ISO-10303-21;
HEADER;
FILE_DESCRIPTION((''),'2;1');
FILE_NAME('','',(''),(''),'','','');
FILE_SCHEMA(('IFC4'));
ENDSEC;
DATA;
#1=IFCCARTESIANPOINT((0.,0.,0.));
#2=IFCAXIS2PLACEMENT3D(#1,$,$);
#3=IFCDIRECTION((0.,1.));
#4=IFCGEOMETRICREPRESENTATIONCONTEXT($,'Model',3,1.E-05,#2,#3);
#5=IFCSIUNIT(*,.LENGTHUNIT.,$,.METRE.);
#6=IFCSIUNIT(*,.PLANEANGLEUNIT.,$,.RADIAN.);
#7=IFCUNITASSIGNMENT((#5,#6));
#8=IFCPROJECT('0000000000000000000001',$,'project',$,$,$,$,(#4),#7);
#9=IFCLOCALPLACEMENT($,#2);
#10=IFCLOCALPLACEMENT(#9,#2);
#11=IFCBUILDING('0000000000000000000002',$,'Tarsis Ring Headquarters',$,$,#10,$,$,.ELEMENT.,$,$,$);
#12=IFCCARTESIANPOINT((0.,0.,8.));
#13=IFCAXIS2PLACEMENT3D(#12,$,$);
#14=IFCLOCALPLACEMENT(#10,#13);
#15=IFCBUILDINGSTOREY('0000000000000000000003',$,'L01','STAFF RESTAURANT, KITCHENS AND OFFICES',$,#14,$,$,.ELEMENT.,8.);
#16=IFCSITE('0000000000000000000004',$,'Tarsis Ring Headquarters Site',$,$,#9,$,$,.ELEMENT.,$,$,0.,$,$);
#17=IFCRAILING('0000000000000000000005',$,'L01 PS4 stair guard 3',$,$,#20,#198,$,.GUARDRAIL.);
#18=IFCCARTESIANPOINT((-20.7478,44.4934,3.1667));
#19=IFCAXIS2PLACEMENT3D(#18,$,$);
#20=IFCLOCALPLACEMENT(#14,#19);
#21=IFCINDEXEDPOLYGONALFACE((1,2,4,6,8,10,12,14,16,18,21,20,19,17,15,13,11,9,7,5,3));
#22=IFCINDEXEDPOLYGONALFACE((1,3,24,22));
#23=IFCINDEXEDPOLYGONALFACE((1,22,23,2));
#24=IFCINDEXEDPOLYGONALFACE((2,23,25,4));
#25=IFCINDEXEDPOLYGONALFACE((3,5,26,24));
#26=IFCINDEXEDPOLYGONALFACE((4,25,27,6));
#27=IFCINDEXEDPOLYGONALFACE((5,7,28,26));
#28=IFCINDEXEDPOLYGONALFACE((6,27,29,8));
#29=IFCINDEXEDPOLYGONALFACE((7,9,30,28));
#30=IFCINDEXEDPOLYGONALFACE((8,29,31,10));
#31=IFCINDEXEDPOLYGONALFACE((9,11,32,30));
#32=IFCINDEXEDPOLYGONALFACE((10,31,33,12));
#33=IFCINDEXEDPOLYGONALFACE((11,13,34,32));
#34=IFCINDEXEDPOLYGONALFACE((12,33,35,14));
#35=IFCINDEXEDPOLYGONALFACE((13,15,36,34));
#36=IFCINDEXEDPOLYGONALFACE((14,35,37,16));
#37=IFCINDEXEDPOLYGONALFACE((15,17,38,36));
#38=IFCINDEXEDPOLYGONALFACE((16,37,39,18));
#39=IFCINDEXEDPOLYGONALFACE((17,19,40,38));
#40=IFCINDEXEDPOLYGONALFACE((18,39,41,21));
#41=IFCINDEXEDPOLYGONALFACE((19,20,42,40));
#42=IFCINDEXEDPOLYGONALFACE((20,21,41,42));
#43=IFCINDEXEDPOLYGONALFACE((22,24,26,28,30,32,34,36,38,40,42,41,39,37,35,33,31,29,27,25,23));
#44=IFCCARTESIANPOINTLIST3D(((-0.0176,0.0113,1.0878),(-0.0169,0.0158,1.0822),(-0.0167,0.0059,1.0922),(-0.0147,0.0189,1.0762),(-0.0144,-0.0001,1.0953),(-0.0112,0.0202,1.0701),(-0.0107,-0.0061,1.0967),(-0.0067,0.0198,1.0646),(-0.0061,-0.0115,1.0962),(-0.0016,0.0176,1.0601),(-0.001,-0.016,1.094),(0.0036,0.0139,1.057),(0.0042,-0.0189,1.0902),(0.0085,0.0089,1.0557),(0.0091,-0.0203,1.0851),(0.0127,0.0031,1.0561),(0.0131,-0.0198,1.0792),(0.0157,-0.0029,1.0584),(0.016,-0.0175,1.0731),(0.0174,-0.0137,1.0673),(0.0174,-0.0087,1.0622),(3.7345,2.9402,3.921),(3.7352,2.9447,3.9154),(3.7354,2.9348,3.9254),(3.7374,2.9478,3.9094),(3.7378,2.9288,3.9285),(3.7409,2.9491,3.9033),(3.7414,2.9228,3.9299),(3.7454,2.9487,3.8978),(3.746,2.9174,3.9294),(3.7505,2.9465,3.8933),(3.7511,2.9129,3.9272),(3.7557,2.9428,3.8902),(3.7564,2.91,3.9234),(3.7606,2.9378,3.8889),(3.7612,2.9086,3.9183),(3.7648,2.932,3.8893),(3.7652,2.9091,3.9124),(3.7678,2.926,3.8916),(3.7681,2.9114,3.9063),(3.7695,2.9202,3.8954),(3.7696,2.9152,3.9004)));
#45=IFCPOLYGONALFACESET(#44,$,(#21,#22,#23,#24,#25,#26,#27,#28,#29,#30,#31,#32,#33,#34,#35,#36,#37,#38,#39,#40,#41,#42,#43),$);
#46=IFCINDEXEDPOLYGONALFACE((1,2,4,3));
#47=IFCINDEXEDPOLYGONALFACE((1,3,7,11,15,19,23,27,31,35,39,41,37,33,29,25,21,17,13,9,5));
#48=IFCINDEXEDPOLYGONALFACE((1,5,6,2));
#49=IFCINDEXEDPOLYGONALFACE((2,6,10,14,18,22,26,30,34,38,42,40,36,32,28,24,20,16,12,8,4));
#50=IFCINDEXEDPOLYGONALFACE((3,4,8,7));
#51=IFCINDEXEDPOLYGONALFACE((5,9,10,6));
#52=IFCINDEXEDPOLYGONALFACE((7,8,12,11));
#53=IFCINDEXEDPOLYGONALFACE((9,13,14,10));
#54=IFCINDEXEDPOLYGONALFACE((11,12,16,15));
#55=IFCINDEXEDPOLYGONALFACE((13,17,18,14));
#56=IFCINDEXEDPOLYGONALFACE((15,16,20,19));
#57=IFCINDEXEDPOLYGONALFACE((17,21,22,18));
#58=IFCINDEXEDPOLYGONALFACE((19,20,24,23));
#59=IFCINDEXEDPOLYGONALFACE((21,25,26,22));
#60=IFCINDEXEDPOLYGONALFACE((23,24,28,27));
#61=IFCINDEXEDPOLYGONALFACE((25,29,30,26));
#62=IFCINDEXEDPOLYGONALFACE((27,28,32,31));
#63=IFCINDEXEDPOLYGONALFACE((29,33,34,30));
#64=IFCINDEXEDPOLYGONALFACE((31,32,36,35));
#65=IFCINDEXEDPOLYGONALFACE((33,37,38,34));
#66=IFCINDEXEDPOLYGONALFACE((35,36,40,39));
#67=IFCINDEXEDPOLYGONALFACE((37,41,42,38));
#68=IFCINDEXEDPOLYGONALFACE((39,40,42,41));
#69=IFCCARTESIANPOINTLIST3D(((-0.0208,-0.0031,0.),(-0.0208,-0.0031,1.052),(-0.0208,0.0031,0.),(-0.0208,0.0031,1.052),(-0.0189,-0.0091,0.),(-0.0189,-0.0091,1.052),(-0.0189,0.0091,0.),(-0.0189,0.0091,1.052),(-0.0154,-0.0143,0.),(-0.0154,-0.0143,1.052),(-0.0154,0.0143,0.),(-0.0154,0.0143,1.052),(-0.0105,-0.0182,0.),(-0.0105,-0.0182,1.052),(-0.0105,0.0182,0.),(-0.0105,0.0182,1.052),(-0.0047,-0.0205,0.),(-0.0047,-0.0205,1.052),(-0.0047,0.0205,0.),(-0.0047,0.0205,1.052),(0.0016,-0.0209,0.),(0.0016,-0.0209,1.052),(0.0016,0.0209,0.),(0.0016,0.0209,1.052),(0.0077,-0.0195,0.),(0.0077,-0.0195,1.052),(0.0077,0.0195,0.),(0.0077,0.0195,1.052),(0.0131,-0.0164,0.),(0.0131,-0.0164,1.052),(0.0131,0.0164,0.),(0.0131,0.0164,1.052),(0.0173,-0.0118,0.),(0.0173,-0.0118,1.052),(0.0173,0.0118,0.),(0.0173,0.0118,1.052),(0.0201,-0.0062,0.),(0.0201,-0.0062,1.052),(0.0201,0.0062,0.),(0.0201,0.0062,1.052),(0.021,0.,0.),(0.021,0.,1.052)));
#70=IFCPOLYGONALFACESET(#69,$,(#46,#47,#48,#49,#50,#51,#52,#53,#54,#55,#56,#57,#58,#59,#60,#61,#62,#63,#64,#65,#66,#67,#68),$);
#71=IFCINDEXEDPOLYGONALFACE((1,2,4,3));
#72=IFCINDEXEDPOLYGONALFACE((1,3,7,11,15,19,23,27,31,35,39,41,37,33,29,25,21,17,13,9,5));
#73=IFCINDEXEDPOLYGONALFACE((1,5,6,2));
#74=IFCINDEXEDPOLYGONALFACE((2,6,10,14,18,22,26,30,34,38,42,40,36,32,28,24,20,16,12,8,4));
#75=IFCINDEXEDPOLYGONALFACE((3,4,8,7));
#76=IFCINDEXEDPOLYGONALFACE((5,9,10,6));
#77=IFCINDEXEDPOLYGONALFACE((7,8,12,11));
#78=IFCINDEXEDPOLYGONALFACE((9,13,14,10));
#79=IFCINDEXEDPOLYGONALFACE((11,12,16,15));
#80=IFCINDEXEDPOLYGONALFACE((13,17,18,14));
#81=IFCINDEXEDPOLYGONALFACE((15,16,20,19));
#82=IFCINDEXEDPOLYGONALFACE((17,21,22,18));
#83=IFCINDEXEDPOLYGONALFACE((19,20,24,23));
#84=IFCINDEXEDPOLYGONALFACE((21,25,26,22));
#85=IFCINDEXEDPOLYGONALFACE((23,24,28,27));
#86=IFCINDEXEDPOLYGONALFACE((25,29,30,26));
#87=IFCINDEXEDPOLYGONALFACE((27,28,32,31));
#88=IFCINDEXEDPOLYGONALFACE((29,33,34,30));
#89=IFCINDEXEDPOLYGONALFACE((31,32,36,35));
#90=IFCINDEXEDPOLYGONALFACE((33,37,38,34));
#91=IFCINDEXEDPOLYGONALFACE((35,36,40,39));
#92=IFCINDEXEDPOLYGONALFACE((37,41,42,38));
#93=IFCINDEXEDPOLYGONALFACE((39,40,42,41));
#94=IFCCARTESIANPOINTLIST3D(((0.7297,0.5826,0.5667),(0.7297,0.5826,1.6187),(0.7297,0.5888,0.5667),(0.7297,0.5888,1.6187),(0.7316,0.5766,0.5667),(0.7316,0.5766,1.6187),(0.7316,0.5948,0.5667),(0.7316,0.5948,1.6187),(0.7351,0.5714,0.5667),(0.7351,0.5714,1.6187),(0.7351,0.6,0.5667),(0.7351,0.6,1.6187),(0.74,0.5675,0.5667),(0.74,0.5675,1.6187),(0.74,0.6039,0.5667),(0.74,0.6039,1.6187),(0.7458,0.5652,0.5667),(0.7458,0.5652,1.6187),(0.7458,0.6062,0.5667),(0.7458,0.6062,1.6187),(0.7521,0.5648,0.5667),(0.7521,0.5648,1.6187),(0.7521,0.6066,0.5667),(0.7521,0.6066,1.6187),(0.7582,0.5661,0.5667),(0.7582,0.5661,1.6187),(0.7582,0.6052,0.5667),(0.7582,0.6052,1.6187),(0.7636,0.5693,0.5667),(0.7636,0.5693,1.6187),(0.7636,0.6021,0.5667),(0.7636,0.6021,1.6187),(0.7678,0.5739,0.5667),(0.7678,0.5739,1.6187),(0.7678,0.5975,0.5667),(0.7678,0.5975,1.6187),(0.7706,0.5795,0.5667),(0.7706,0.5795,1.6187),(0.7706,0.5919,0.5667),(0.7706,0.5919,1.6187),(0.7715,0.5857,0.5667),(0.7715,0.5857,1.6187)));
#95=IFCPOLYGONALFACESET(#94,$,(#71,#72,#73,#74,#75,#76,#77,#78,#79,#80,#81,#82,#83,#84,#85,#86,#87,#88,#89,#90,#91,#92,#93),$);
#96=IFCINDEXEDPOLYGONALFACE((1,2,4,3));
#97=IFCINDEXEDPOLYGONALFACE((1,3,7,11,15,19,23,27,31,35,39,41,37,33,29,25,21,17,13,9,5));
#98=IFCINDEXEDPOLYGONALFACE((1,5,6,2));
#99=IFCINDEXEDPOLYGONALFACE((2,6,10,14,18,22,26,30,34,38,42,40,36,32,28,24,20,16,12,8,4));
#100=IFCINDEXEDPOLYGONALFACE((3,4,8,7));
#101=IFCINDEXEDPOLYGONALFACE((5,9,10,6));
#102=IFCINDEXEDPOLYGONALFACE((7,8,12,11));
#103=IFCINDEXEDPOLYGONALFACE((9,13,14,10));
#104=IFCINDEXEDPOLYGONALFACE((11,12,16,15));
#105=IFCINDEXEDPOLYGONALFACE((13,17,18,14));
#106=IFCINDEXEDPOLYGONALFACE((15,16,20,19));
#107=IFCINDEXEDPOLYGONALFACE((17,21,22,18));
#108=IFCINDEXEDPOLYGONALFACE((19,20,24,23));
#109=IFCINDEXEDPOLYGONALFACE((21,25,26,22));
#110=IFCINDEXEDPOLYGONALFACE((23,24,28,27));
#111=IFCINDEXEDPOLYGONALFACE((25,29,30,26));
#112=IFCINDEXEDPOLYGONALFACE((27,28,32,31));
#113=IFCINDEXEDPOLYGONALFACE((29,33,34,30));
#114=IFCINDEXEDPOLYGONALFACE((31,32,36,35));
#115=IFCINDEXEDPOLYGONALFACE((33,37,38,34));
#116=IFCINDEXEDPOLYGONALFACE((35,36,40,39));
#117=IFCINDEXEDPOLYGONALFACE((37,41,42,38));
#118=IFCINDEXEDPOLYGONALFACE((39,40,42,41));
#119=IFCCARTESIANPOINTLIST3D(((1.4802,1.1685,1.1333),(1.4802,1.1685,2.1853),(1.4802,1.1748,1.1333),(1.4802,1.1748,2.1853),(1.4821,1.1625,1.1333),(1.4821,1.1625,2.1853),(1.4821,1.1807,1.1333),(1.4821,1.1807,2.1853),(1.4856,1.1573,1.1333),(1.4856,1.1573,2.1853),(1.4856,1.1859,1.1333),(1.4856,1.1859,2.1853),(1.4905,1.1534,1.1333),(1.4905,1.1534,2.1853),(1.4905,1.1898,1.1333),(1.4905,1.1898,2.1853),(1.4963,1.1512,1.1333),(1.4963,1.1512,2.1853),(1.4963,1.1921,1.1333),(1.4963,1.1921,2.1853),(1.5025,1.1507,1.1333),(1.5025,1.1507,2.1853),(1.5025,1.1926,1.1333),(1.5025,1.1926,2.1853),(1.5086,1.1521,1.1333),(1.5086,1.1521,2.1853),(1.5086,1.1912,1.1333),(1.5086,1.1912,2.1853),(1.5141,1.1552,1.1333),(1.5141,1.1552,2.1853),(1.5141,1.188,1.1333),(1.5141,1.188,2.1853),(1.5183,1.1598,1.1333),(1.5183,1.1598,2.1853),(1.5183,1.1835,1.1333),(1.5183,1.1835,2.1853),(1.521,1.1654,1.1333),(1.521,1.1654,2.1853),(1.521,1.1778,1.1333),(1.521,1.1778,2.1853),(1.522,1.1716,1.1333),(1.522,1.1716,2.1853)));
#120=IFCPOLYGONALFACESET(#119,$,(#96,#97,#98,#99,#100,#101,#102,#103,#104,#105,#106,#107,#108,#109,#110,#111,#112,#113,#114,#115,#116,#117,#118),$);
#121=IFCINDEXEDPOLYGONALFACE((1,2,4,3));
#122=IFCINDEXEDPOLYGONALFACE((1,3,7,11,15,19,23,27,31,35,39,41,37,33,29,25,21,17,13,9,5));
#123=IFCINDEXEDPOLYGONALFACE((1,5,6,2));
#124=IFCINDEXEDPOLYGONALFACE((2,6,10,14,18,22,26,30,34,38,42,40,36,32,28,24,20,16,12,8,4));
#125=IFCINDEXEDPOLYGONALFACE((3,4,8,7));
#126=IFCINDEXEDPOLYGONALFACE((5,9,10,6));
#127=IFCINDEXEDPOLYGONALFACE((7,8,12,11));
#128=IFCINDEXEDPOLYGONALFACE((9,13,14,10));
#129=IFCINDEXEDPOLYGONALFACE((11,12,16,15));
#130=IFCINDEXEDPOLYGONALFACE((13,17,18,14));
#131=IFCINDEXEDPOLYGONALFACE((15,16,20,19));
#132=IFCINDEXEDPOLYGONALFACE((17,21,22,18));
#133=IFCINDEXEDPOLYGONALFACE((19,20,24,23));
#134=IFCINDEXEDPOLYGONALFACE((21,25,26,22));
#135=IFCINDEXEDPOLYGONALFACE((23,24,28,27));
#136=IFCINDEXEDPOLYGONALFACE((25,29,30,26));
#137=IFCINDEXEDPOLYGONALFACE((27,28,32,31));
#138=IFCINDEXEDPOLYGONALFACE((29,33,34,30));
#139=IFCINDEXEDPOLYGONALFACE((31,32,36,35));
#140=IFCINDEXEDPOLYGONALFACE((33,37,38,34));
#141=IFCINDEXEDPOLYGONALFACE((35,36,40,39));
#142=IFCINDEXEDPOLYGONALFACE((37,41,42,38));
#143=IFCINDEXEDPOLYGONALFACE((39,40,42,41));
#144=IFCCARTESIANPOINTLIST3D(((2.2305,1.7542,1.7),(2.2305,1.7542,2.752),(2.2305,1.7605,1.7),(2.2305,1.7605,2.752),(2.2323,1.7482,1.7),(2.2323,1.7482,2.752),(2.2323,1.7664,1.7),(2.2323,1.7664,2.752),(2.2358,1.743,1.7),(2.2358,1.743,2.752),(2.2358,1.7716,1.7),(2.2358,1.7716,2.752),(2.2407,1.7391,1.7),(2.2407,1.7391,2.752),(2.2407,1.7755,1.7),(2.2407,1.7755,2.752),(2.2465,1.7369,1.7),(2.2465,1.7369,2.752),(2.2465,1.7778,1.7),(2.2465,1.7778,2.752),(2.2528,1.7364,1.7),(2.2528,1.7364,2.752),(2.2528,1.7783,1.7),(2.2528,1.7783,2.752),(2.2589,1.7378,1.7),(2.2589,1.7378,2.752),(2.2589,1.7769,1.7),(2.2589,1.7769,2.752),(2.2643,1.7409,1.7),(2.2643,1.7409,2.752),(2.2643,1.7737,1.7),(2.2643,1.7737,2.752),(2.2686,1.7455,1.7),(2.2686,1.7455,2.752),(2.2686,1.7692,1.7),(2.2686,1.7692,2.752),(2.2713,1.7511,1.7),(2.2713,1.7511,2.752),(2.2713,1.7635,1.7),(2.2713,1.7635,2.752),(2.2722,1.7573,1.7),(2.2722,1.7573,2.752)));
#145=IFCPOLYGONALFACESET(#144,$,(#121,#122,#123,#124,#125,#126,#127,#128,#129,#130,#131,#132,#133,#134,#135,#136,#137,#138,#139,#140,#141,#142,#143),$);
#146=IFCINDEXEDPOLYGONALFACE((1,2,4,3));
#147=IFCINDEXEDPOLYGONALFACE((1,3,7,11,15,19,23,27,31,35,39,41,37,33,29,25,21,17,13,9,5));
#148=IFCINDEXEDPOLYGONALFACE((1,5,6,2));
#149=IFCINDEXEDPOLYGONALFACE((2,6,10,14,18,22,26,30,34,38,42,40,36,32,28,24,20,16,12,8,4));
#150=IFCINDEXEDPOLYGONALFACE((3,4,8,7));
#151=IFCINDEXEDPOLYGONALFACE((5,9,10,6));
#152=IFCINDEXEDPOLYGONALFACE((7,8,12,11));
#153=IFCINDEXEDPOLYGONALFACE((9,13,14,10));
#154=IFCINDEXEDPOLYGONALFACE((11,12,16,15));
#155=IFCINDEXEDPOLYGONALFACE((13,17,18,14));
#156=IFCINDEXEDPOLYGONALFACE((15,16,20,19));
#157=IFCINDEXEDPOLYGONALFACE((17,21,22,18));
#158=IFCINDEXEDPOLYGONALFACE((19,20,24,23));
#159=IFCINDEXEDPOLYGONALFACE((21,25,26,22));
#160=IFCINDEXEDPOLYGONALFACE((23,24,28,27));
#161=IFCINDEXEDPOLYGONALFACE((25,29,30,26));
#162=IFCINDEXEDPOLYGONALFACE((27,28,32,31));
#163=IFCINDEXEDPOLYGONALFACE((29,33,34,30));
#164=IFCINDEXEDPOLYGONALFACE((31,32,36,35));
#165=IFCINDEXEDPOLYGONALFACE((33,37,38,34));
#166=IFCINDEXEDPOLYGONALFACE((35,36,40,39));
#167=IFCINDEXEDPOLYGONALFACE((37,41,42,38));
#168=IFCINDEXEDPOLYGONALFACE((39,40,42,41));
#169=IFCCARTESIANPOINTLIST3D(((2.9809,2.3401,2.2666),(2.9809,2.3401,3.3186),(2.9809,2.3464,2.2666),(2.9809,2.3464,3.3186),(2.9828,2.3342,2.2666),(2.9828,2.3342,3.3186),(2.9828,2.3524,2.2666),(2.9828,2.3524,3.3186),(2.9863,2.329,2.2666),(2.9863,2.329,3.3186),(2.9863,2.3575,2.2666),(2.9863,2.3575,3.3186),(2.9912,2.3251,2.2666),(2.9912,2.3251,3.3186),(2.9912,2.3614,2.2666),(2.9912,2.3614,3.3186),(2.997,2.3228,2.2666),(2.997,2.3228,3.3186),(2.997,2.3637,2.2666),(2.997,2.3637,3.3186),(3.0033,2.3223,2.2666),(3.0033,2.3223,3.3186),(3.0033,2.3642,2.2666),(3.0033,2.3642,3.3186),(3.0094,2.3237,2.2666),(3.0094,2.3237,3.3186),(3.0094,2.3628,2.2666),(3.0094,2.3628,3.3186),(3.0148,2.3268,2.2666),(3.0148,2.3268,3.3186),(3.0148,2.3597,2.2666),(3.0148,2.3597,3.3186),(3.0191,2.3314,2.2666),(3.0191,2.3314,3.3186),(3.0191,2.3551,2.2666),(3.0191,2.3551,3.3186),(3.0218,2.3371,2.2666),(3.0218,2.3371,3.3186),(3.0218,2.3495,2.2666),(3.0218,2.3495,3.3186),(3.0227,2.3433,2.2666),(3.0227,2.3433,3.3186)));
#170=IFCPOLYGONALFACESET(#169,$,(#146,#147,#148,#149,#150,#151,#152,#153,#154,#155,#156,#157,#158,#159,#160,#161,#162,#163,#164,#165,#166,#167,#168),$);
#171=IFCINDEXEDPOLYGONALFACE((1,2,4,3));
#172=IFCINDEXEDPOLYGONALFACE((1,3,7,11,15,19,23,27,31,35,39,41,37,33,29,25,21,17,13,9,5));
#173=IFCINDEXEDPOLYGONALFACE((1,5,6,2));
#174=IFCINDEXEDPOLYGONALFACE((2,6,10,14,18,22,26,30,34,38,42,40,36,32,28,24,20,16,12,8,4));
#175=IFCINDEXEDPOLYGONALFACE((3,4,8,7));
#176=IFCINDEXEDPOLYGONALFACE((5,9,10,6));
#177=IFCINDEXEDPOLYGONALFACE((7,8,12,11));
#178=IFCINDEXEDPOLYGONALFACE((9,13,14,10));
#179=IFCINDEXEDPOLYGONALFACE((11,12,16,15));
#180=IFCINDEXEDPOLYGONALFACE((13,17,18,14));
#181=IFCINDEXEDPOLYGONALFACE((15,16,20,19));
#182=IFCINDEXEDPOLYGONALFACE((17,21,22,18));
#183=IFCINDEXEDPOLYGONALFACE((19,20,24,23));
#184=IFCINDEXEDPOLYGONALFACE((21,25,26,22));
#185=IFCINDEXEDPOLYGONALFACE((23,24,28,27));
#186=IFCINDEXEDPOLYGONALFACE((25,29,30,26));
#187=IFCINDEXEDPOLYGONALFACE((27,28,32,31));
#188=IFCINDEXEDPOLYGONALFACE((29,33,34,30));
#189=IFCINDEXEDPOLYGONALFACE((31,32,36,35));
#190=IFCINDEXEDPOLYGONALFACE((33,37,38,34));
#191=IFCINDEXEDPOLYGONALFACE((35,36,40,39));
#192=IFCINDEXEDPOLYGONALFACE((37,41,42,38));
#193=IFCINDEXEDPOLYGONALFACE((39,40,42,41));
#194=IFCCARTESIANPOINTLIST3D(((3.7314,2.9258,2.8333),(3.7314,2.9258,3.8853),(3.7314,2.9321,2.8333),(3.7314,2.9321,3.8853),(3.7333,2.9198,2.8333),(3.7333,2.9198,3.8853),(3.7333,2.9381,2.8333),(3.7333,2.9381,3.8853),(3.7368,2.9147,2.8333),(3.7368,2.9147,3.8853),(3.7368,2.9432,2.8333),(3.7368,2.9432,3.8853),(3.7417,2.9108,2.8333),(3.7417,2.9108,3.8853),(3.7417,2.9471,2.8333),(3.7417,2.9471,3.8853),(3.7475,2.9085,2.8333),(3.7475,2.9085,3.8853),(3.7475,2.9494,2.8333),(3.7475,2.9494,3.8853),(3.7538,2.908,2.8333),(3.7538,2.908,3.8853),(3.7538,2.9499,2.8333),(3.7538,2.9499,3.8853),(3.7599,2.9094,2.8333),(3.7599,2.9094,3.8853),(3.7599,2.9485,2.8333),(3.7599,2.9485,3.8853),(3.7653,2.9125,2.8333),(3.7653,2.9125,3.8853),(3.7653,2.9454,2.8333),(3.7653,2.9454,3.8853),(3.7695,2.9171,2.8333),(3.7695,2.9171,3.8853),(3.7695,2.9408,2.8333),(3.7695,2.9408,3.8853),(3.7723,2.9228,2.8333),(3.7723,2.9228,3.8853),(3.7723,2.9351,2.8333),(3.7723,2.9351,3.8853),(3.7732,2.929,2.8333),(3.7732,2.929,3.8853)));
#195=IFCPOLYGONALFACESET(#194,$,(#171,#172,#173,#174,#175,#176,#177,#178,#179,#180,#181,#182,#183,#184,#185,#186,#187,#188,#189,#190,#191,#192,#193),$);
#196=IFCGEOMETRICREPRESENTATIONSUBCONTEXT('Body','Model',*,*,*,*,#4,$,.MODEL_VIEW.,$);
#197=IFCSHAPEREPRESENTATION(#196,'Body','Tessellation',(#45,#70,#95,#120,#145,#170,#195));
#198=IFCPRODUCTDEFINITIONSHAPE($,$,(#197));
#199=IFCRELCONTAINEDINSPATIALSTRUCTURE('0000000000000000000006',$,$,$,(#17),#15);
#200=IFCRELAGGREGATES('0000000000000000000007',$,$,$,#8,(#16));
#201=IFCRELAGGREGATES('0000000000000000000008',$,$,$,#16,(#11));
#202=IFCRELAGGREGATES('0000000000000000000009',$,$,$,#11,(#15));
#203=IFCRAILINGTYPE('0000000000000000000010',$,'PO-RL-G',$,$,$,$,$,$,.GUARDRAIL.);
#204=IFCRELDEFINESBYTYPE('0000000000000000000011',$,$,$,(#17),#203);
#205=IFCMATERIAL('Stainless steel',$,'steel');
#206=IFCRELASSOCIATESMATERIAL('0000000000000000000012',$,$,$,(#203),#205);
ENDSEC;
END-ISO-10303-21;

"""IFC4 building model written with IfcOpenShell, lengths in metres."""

from ifc_helpers import new_model, si_unit, direction, frame, origin, origin_2d, place, context, subcontext, project, spatial, circle, extrude, material, type_object, element, save


model = new_model("IFC4")

# Units and contexts
model_context = context("Model", 3, precision=1e-05, world=origin(), true_north=direction((0.0, 1.0)))
body_context = subcontext(model_context, "Body", "Model", "MODEL_VIEW")
ifc_project = project(units=[si_unit("LENGTHUNIT", "METRE"), si_unit("PLANEANGLEUNIT", "RADIAN")], contexts=[model_context])

# Site, building, storey
site_placement = place(None, origin())
site = spatial("IfcSite", under=ifc_project, at=site_placement, Name="Tarsis Ring Headquarters Site", CompositionType="ELEMENT", RefElevation=0.0)
building_placement = place(site_placement, origin())
building = spatial("IfcBuilding", under=site, at=building_placement, Name="Tarsis Ring Headquarters", CompositionType="ELEMENT")
storey_placement = place(building_placement, frame((0.0, 0.0, 8.0)))
storey = spatial("IfcBuildingStorey", under=building, at=storey_placement, Name="L01", Description="STAFF RESTAURANT, KITCHENS AND OFFICES", CompositionType="ELEMENT", Elevation=8.0)

# Railing
ifc_material_1 = material(Name="Stainless steel", Category="steel")
railing_type_1 = type_object("IfcRailingType", Name="PO-RL-G", PredefinedType="GUARDRAIL", material=ifc_material_1)
railing_1_placement = place(storey_placement, frame((-20.7478, 44.4934, 3.1667)))
element("IfcRailing", 1, at=railing_1_placement, inside=storey, type_object=railing_type_1, Name="L01 PS4 stair guard 3", PredefinedType="GUARDRAIL", context=body_context, shape_type="SweptSolid", body=[
    extrude(circle(Radius=0.0239, at=origin_2d()), frame((0.0, 0.0, 1.0762), z_axis=(0.677364, 0.528748, 0.511472), x_axis=(-0.615324, 0.788274, 0.0)), (0.0, 0.0, 1.0), 5.5393),
    extrude(circle(Radius=0.021, at=origin_2d()), origin(), (0.0, 0.0, 1.0), 1.052),
    extrude(circle(Radius=0.021, at=origin_2d()), frame((0.7505, 0.5857, 0.5667)), (0.0, 0.0, 1.0), 1.052),
    extrude(circle(Radius=0.021, at=origin_2d()), frame((1.501, 1.1716, 1.1333)), (0.0, 0.0, 1.0), 1.052),
    extrude(circle(Radius=0.021, at=origin_2d()), frame((2.2512, 1.7573, 1.7)), (0.0, 0.0, 1.0), 1.052),
    extrude(circle(Radius=0.021, at=origin_2d()), frame((3.0017, 2.3433, 2.2666)), (0.0, 0.0, 1.0), 1.052),
    extrude(circle(Radius=0.021, at=origin_2d()), frame((3.7522, 2.929, 2.8333)), (0.0, 0.0, 1.0), 1.052),
])

save(model, "model.ifc")
